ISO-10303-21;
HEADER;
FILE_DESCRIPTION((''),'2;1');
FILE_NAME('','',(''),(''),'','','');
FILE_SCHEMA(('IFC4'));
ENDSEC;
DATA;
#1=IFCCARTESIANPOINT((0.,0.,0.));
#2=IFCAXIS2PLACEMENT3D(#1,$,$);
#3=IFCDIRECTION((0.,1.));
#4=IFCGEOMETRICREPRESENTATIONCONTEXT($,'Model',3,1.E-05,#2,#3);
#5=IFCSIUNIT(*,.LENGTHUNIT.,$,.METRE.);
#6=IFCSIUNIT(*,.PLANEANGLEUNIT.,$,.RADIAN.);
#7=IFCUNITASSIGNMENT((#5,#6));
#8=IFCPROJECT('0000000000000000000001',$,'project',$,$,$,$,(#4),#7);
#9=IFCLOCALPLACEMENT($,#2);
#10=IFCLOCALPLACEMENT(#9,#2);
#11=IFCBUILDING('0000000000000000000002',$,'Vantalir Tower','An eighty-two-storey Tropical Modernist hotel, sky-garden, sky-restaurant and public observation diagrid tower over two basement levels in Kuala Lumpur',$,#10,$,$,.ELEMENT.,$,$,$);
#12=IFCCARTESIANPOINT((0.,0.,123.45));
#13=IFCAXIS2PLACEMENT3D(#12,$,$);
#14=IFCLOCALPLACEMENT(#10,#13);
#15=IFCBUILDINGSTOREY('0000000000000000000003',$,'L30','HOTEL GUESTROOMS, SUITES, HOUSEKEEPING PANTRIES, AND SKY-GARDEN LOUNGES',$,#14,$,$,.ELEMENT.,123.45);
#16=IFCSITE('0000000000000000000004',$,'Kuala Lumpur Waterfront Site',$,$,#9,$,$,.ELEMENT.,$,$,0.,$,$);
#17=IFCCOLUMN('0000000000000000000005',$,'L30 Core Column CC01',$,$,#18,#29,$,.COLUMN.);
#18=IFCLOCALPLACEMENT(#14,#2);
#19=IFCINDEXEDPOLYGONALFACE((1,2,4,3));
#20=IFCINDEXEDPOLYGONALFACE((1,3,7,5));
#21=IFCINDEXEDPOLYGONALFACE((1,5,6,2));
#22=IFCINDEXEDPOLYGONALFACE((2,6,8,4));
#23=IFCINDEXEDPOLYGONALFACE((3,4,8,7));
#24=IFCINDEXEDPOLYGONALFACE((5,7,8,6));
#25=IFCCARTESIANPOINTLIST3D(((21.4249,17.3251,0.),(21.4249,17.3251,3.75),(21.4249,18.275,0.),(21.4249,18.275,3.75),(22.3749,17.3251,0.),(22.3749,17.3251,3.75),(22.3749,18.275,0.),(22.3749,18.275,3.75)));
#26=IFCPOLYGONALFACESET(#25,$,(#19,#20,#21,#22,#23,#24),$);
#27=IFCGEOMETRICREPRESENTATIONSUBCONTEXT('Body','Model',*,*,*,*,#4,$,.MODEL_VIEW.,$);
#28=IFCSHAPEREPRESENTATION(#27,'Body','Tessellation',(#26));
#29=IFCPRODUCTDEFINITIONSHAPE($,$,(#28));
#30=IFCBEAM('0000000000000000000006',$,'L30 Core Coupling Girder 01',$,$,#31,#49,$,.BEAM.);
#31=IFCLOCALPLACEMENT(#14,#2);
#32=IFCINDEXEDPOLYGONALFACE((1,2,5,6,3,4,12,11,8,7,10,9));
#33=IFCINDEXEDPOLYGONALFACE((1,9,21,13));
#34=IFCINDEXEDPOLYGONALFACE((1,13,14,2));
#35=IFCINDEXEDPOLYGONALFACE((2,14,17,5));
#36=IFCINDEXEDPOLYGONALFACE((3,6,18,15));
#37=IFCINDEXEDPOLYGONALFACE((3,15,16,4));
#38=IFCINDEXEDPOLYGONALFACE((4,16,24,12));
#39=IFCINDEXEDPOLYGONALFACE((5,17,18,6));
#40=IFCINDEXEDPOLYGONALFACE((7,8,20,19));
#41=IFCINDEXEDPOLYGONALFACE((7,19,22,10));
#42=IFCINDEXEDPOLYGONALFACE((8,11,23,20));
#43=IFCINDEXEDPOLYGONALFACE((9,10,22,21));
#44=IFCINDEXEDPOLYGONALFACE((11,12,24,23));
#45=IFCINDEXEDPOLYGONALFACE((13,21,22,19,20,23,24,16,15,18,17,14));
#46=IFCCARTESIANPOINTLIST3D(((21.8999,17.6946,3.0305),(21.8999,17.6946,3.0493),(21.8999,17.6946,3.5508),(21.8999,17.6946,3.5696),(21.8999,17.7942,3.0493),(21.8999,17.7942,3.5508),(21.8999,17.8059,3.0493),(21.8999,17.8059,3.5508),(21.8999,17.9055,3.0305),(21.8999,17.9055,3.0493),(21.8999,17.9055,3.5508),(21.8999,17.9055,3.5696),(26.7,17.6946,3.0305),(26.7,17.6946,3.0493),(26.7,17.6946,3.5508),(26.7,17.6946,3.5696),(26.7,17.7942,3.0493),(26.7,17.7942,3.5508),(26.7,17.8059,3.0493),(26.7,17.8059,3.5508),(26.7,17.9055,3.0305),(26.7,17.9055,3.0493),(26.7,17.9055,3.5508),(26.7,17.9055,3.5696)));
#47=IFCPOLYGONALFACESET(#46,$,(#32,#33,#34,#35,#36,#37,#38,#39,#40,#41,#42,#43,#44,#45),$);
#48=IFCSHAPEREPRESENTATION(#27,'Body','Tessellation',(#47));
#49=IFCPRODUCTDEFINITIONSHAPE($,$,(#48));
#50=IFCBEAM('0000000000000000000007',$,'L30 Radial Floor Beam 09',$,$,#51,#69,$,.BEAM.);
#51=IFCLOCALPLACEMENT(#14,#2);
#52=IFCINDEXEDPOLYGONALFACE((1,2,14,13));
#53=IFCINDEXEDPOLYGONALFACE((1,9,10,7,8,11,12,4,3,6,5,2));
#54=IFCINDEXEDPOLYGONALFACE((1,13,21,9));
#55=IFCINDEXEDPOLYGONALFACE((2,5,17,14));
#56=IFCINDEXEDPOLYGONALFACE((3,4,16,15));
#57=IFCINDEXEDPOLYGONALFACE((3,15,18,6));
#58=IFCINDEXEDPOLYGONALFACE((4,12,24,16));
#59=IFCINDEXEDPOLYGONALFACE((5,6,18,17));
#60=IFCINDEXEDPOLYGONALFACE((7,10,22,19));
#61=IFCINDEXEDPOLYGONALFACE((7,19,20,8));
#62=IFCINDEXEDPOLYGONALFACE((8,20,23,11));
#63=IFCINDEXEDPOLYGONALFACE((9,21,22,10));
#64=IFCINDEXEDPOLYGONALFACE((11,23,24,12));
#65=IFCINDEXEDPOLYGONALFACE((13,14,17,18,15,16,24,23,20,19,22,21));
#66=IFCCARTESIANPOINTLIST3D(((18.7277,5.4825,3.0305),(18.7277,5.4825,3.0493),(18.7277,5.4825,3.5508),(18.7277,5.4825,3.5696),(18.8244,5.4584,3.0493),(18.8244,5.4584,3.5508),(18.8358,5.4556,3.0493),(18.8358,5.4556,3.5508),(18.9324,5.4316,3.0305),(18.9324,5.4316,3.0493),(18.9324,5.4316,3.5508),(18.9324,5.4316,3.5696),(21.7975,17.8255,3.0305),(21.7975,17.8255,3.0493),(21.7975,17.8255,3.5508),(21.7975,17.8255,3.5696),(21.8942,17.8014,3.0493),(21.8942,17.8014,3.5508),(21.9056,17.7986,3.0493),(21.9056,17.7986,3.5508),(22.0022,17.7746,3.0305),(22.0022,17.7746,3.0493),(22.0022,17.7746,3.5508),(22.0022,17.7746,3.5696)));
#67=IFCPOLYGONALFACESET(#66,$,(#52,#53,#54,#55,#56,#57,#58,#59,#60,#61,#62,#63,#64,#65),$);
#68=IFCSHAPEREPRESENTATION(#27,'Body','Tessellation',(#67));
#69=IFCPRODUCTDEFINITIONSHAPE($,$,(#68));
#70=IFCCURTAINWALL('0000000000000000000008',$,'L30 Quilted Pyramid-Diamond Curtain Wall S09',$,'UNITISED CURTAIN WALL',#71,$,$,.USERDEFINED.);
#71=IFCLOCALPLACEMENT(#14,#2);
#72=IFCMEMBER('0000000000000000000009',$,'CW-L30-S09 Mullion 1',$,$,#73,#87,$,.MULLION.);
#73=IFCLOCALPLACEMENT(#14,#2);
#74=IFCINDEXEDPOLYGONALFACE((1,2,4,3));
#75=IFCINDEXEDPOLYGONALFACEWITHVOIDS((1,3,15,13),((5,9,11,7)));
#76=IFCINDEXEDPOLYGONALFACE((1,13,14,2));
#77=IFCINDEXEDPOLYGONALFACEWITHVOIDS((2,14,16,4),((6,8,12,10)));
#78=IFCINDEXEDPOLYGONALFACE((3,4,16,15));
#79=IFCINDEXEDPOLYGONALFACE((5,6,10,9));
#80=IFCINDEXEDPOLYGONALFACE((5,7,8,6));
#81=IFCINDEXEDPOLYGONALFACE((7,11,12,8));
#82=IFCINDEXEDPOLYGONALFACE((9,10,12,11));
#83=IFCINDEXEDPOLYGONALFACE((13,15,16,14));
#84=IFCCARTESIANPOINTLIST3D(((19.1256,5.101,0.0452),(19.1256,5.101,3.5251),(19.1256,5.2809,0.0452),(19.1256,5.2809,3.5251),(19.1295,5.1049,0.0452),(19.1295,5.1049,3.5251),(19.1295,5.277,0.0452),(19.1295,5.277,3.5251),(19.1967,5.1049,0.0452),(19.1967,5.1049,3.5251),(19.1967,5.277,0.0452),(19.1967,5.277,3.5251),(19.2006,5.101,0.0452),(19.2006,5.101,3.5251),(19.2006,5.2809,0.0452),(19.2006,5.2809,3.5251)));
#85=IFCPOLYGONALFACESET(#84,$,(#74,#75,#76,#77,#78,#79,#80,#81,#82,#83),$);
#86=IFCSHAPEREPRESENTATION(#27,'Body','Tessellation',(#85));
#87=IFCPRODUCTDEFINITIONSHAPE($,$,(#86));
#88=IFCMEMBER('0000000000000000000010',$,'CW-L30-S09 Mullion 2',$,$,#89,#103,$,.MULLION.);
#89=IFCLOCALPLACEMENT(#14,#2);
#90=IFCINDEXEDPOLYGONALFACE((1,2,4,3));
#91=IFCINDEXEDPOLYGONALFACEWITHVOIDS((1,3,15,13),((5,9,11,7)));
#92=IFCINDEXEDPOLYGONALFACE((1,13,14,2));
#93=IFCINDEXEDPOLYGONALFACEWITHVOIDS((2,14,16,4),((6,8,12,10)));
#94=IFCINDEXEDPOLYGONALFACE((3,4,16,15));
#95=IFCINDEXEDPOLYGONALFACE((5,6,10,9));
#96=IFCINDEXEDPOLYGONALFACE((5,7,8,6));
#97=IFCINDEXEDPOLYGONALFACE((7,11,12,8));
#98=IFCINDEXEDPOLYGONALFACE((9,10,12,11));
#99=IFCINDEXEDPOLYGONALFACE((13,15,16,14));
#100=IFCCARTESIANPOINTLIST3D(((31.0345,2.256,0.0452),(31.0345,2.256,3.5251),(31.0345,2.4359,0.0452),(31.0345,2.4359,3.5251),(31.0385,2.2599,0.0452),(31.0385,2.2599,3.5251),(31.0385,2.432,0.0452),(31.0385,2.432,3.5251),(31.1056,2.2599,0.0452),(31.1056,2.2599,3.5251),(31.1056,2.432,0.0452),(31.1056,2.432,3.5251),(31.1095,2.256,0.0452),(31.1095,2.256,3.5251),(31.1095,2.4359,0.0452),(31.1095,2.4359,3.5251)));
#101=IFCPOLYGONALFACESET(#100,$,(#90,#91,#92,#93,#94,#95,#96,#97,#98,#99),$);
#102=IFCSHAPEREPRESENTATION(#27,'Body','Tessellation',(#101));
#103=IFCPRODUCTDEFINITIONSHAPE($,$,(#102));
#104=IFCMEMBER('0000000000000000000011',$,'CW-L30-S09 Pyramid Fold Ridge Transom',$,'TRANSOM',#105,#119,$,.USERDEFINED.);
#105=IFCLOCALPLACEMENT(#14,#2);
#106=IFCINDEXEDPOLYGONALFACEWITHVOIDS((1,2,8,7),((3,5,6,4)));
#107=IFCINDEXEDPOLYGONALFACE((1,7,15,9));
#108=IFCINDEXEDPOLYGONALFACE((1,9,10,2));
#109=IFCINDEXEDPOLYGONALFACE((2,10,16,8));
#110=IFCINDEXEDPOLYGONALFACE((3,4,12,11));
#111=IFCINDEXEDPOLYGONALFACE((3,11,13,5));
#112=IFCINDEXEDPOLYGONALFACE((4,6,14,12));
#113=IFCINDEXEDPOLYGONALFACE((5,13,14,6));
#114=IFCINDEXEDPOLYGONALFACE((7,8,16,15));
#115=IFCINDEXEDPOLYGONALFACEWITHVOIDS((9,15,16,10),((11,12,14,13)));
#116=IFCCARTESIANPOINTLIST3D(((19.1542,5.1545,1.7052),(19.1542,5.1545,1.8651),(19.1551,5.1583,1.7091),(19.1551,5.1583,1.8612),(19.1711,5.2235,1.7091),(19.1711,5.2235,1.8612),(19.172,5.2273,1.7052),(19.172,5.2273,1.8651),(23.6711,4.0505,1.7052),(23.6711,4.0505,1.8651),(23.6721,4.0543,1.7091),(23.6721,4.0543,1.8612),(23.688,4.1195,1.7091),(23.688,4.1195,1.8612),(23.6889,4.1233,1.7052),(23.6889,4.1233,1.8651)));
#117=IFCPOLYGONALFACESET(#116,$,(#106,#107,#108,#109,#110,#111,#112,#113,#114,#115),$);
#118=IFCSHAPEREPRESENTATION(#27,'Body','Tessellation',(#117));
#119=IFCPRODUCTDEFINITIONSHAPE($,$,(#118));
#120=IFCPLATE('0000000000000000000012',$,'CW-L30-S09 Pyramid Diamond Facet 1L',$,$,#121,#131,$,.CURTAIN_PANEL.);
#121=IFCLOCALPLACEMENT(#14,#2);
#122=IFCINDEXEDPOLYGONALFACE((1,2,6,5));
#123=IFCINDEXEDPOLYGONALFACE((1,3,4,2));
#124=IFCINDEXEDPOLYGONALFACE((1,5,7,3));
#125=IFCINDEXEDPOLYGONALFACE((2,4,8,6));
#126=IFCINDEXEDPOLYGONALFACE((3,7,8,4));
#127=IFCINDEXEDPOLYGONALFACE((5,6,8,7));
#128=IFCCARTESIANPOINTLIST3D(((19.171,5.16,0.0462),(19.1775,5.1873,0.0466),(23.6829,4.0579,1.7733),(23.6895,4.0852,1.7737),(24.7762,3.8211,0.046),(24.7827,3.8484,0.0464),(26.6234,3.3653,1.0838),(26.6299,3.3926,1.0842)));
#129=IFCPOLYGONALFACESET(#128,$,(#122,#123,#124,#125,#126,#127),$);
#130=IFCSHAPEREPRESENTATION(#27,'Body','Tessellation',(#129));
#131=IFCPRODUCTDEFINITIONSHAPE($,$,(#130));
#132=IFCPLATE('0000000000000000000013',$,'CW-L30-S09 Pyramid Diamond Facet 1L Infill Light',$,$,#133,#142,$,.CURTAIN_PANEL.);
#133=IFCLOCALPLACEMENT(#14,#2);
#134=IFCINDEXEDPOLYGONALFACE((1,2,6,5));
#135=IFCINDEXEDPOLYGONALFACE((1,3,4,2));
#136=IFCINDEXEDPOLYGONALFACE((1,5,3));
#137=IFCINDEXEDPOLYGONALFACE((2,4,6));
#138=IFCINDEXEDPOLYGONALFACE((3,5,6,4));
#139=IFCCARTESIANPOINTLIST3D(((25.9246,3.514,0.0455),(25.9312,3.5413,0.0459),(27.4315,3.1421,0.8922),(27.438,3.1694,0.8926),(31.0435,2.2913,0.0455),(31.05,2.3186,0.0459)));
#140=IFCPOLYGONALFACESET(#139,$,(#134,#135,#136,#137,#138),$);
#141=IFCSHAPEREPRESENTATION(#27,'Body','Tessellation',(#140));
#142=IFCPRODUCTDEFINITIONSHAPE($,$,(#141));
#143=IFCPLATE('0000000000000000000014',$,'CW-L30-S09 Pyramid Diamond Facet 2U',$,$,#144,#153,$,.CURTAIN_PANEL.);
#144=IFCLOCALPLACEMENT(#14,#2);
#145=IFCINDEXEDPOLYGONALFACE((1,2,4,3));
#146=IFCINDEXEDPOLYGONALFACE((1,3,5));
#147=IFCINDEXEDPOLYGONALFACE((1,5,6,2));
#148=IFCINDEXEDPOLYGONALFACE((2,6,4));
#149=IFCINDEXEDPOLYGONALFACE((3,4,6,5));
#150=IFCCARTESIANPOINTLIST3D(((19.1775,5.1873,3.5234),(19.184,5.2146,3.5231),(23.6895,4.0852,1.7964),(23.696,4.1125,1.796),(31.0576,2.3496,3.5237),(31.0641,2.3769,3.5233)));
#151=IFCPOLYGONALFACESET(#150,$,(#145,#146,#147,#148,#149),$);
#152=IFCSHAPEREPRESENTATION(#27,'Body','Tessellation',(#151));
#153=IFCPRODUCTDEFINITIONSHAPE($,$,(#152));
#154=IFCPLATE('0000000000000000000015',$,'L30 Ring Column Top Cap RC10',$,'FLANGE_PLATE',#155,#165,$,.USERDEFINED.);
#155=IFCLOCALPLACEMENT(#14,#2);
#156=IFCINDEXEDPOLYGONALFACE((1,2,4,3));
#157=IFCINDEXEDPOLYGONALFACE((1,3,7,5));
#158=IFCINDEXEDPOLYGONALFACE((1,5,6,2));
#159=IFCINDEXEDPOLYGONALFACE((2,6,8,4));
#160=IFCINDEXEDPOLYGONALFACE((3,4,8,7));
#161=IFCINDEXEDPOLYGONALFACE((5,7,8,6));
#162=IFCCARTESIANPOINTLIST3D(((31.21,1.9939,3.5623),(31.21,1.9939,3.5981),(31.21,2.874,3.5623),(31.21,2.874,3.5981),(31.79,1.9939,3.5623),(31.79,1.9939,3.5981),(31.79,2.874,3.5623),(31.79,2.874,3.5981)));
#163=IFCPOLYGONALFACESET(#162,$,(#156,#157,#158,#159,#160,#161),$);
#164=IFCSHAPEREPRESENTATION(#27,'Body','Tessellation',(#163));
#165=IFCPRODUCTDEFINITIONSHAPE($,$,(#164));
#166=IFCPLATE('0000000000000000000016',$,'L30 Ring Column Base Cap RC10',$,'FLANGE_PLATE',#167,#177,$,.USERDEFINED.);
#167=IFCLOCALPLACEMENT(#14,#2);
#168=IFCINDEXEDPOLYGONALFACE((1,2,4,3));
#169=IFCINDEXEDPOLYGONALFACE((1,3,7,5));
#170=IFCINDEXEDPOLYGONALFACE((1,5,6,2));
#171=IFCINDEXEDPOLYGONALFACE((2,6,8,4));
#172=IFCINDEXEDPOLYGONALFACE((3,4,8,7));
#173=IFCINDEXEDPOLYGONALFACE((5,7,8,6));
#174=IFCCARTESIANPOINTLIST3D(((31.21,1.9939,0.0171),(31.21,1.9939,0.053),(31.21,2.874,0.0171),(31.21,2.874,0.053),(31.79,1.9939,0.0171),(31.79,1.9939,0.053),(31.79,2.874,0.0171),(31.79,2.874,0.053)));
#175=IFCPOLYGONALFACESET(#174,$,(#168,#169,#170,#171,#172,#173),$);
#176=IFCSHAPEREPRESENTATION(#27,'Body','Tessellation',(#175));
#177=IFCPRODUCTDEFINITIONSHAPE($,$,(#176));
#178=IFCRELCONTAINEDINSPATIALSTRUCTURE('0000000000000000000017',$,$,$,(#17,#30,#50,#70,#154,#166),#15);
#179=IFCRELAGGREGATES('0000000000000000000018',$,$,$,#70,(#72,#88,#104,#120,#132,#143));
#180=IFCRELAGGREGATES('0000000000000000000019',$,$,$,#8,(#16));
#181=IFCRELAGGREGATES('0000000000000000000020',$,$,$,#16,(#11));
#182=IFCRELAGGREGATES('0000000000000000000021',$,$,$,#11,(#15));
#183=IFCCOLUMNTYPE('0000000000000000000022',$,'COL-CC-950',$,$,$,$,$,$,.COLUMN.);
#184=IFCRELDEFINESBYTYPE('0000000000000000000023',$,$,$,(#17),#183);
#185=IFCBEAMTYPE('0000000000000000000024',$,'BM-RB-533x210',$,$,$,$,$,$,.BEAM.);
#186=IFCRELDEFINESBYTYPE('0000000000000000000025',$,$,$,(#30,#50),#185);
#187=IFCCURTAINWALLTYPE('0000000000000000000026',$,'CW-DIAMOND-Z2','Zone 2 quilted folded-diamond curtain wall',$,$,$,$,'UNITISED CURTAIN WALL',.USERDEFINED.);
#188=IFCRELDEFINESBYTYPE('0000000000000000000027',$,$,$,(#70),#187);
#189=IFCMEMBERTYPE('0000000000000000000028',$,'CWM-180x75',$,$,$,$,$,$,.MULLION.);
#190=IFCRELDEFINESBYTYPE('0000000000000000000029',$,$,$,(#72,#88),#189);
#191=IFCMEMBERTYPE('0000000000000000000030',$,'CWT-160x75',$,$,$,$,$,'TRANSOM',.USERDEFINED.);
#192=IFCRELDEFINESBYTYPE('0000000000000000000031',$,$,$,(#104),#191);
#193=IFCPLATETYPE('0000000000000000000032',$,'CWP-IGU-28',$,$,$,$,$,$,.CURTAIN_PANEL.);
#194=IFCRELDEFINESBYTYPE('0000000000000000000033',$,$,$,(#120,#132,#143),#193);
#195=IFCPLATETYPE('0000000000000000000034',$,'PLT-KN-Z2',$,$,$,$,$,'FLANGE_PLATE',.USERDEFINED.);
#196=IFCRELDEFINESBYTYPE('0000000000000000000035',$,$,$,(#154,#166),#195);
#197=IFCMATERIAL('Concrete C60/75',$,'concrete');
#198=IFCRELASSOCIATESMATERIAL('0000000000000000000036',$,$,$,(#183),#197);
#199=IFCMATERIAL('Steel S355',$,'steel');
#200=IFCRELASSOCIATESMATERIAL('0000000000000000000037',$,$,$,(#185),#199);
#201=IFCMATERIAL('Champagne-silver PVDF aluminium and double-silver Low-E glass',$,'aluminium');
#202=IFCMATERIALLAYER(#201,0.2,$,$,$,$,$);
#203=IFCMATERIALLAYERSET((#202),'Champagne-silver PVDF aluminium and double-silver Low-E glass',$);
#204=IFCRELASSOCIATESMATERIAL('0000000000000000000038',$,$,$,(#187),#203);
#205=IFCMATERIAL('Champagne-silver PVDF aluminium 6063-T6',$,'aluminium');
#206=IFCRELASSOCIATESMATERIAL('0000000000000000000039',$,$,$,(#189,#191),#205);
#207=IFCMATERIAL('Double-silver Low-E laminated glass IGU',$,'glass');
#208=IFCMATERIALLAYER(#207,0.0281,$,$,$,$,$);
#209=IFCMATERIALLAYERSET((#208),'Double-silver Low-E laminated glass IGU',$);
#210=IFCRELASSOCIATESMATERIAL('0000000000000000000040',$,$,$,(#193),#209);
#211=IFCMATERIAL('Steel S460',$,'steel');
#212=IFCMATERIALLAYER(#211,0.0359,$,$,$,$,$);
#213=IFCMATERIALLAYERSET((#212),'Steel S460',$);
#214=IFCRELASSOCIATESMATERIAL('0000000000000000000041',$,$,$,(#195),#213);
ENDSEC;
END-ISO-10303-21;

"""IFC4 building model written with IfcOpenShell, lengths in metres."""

from ifc_helpers import new_model, si_unit, direction, frame, origin, origin_2d, place, context, subcontext, project, spatial, polyline, rectangle, hollow_rectangle, i_section, outline, extrude, material, layer, layer_set, material_profile, profile_set, type_object, element, aggregate, save


model = new_model("IFC4")

# Units and contexts
model_context = context("Model", 3, precision=1e-05, world=origin(), true_north=direction((0.0, 1.0)))
body_context = subcontext(model_context, "Body", "Model", "MODEL_VIEW")
ifc_project = project(units=[si_unit("LENGTHUNIT", "METRE"), si_unit("PLANEANGLEUNIT", "RADIAN")], contexts=[model_context])

# Site, building, storey
site_placement = place(None, origin())
site = spatial("IfcSite", under=ifc_project, at=site_placement, Name="Kuala Lumpur Waterfront Site", CompositionType="ELEMENT", RefElevation=0.0)
building_placement = place(site_placement, origin())
building = spatial("IfcBuilding", under=site, at=building_placement, Name="Vantalir Tower", Description="An eighty-two-storey Tropical Modernist hotel, sky-garden, sky-restaurant and public observation diagrid tower over two basement levels in Kuala Lumpur", CompositionType="ELEMENT")
storey_placement = place(building_placement, frame((0.0, 0.0, 123.45)))
storey = spatial("IfcBuildingStorey", under=building, at=storey_placement, Name="L30", Description="HOTEL GUESTROOMS, SUITES, HOUSEKEEPING PANTRIES, AND SKY-GARDEN LOUNGES", CompositionType="ELEMENT", Elevation=123.45)

# Column
ifc_material_1 = material(Name="Concrete C60/75", Category="concrete")
ifc_material_profile_1 = material_profile(ifc_material_1, rectangle(XDim=0.95, YDim=0.95, at=origin_2d()), Name="Concrete C60/75")
ifc_profile_set_1 = profile_set([ifc_material_profile_1], Name="Concrete C60/75")
column_type = type_object("IfcColumnType", Name="COL-CC-950", PredefinedType="COLUMN", material=ifc_profile_set_1)
column_placement = place(storey_placement, frame((21.8999, 17.8, 0.0), z_axis=(0.0, 0.0, 1.0), x_axis=(1.0, 0.0, 0.0)))
element("IfcColumn", 1, at=column_placement, inside=storey, type_object=column_type, Name="L30 Core Column CC01", PredefinedType="COLUMN", context=body_context, shape_type="SweptSolid", body=[
    extrude(rectangle(XDim=0.95, YDim=0.95, at=origin_2d()), origin(), (0.0, 0.0, 1.0), 3.75),
])

# Beams
ifc_material_2 = material(Name="Steel S355", Category="steel")
ifc_material_profile_2 = material_profile(ifc_material_2, i_section(OverallWidth=0.2109, OverallDepth=0.5391, WebThickness=0.0117, FlangeThickness=0.0188, at=origin_2d()), Name="Steel S355")
ifc_profile_set_2 = profile_set([ifc_material_profile_2], Name="Steel S355")
beam_type = type_object("IfcBeamType", Name="BM-RB-533x210", PredefinedType="BEAM", material=ifc_profile_set_2)
beam_1_placement = place(storey_placement, frame((21.8999, 17.8, 3.3), z_axis=(1.0, 0.0, 0.0), x_axis=(0.0, 1.0, 0.0)))
element("IfcBeam", 2, at=beam_1_placement, inside=storey, type_object=beam_type, Name="L30 Core Coupling Girder 01", PredefinedType="BEAM", context=body_context, shape_type="SweptSolid", body=[
    extrude(i_section(OverallWidth=0.2109, OverallDepth=0.5391, WebThickness=0.0117, FlangeThickness=0.0188, at=origin_2d()), origin(), (0.0, 0.0, 1.0), 4.8),
])
beam_2_placement = place(storey_placement, frame((18.8301, 5.457, 3.3), z_axis=(0.241357, 0.970436, 0.0), x_axis=(-0.970436, 0.241357, 0.0)))
element("IfcBeam", 3, at=beam_2_placement, inside=storey, type_object=beam_type, Name="L30 Radial Floor Beam 09", PredefinedType="BEAM", context=body_context, shape_type="SweptSolid", body=[
    extrude(i_section(OverallWidth=0.2109, OverallDepth=0.5391, WebThickness=0.0117, FlangeThickness=0.0188, at=origin_2d()), origin(), (0.0, 0.0, 1.0), 12.719),
])

# Curtain wall, members, plates
ifc_material_3 = material(Name="Champagne-silver PVDF aluminium and double-silver Low-E glass", Category="aluminium")
ifc_layer_1 = layer(ifc_material_3, 0.2)
ifc_layer_set_1 = layer_set([ifc_layer_1], Name="Champagne-silver PVDF aluminium and double-silver Low-E glass")
curtain_wall_type = type_object("IfcCurtainWallType", Name="CW-DIAMOND-Z2", Description="Zone 2 quilted folded-diamond curtain wall", ElementType="UNITISED CURTAIN WALL", PredefinedType="USERDEFINED", material=ifc_layer_set_1)
curtain_wall_placement = place(storey_placement, origin())
curtain_wall = element("IfcCurtainWall", 4, at=curtain_wall_placement, inside=storey, type_object=curtain_wall_type, Name="L30 Quilted Pyramid-Diamond Curtain Wall S09", ObjectType="UNITISED CURTAIN WALL", PredefinedType="USERDEFINED")
ifc_material_4 = material(Name="Champagne-silver PVDF aluminium 6063-T6", Category="aluminium")
ifc_material_profile_3 = material_profile(ifc_material_4, hollow_rectangle(XDim=0.075, YDim=0.1799, WallThickness=0.0039, at=origin_2d()), Name="Champagne-silver PVDF aluminium 6063-T6")
ifc_profile_set_3 = profile_set([ifc_material_profile_3], Name="Champagne-silver PVDF aluminium 6063-T6")
member_type_1 = type_object("IfcMemberType", Name="CWM-180x75", PredefinedType="MULLION", material=ifc_profile_set_3)
member_1_placement = place(storey_placement, frame((19.1631, 5.1909, 0.0452), z_axis=(0.0, 0.0, 1.0), x_axis=(1.0, 0.0, 0.0)))
member_1 = element("IfcMember", 5, at=member_1_placement, type_object=member_type_1, Name="CW-L30-S09 Mullion 1", PredefinedType="MULLION", context=body_context, shape_type="SweptSolid", body=[
    extrude(hollow_rectangle(XDim=0.075, YDim=0.1799, WallThickness=0.0039, at=origin_2d()), origin(), (0.0, 0.0, 1.0), 3.48),
])
member_2_placement = place(storey_placement, frame((31.072, 2.3459, 0.0452), z_axis=(0.0, 0.0, 1.0), x_axis=(1.0, 0.0, 0.0)))
member_2 = element("IfcMember", 6, at=member_2_placement, type_object=member_type_1, Name="CW-L30-S09 Mullion 2", PredefinedType="MULLION", context=body_context, shape_type="SweptSolid", body=[
    extrude(hollow_rectangle(XDim=0.075, YDim=0.1799, WallThickness=0.0039, at=origin_2d()), origin(), (0.0, 0.0, 1.0), 3.48),
])
ifc_material_profile_4 = material_profile(ifc_material_4, hollow_rectangle(XDim=0.075, YDim=0.1599, WallThickness=0.0039, at=origin_2d()), Name="Champagne-silver PVDF aluminium 6063-T6")
ifc_profile_set_4 = profile_set([ifc_material_profile_4], Name="Champagne-silver PVDF aluminium 6063-T6")
member_type_2 = type_object("IfcMemberType", Name="CWT-160x75", ElementType="TRANSOM", PredefinedType="USERDEFINED", material=ifc_profile_set_4)
member_3_placement = place(storey_placement, frame((19.1631, 5.1909, 1.7852), z_axis=(0.971405, -0.23743, 0.0), x_axis=(0.23743, 0.971405, 0.0)))
member_3 = element("IfcMember", 7, at=member_3_placement, type_object=member_type_2, Name="CW-L30-S09 Pyramid Fold Ridge Transom", ObjectType="TRANSOM", PredefinedType="USERDEFINED", context=body_context, shape_type="SweptSolid", body=[
    extrude(hollow_rectangle(XDim=0.075, YDim=0.1599, WallThickness=0.0039, at=origin_2d()), origin(), (0.0, 0.0, 1.0), 4.6499),
])
ifc_material_5 = material(Name="Double-silver Low-E laminated glass IGU", Category="glass")
ifc_layer_2 = layer(ifc_material_5, 0.0281)
ifc_layer_set_2 = layer_set([ifc_layer_2], Name="Double-silver Low-E laminated glass IGU")
plate_type_1 = type_object("IfcPlateType", Name="CWP-IGU-28", PredefinedType="CURTAIN_PANEL", material=ifc_layer_set_2)
plate_1_placement = place(storey_placement, frame((19.1775, 5.1873, 0.0466), z_axis=(0.232301, 0.972547, 0.013693), x_axis=(0.972639, -0.232323, -0.000042)))
plate_1 = element("IfcPlate", 8, at=plate_1_placement, type_object=plate_type_1, Name="CW-L30-S09 Pyramid Diamond Facet 1L", PredefinedType="CURTAIN_PANEL", context=body_context, shape_type="SweptSolid", body=[
    extrude(outline(polyline([(0.0, 0.0), (5.7629, 0.0), (7.6654, -1.038), (4.6445, -1.7274), (0.0, 0.0)])), origin(), (0.0, 0.0, -1.0), 0.0281),
])
plate_2_placement = place(storey_placement, frame((25.9312, 3.5413, 0.0459), z_axis=(0.232295, 0.972549, 0.013688), x_axis=(0.97264, -0.232317, 0.0)))
plate_2 = element("IfcPlate", 9, at=plate_2_placement, type_object=plate_type_1, Name="CW-L30-S09 Pyramid Diamond Facet 1L Infill Light", PredefinedType="CURTAIN_PANEL", context=body_context, shape_type="SweptSolid", body=[
    extrude(outline(polyline([(0.0, 0.0), (5.2629, 0.0), (1.552, -0.8468), (0.0, 0.0)])), origin(), (0.0, 0.0, -1.0), 0.0281),
])
plate_3_placement = place(storey_placement, frame((31.0576, 2.3496, 3.5237), z_axis=(-0.2323, -0.972548, 0.013705), x_axis=(-0.972639, 0.232321, -0.00002)))
plate_3 = element("IfcPlate", 10, at=plate_3_placement, type_object=plate_type_1, Name="CW-L30-S09 Pyramid Diamond Facet 2U", PredefinedType="CURTAIN_PANEL", context=body_context, shape_type="SweptSolid", body=[
    extrude(outline(polyline([(0.0, 0.0), (12.2143, 0.0), (7.5698, 1.7273), (0.0, 0.0)])), origin(), (0.0, 0.0, -1.0), 0.0281),
])
aggregate(curtain_wall, [member_1, member_2, member_3, plate_1, plate_2, plate_3])

# Plates
ifc_material_6 = material(Name="Steel S460", Category="steel")
ifc_layer_3 = layer(ifc_material_6, 0.0359)
ifc_layer_set_3 = layer_set([ifc_layer_3], Name="Steel S460")
plate_type_2 = type_object("IfcPlateType", Name="PLT-KN-Z2", ElementType="FLANGE_PLATE", PredefinedType="USERDEFINED", material=ifc_layer_set_3)
for number, where, z_axis, x_axis, name in (
    (11, (31.21, 2.874, 3.5981), (0.0, 0.0, 1.0), (0.0, -1.0, 0.0), "L30 Ring Column Top Cap RC10"),
    (12, (31.21, 2.874, 0.053), (0.0, 0.0, 1.0), (0.0, -1.0, 0.0), "L30 Ring Column Base Cap RC10"),
):
    element("IfcPlate", number, at=place(storey_placement, frame(where, z_axis=z_axis, x_axis=x_axis)), inside=storey, type_object=plate_type_2, Name=name, ObjectType="FLANGE_PLATE", PredefinedType="USERDEFINED", context=body_context, shape_type="SweptSolid", body=[
        extrude(outline(polyline([(0.0, 0.0), (0.8801, 0.0), (0.8801, 0.5801), (0.0, 0.5801), (0.0, 0.0)])), origin(), (0.0, 0.0, -1.0), 0.0359),
    ])

save(model, "model.ifc")
